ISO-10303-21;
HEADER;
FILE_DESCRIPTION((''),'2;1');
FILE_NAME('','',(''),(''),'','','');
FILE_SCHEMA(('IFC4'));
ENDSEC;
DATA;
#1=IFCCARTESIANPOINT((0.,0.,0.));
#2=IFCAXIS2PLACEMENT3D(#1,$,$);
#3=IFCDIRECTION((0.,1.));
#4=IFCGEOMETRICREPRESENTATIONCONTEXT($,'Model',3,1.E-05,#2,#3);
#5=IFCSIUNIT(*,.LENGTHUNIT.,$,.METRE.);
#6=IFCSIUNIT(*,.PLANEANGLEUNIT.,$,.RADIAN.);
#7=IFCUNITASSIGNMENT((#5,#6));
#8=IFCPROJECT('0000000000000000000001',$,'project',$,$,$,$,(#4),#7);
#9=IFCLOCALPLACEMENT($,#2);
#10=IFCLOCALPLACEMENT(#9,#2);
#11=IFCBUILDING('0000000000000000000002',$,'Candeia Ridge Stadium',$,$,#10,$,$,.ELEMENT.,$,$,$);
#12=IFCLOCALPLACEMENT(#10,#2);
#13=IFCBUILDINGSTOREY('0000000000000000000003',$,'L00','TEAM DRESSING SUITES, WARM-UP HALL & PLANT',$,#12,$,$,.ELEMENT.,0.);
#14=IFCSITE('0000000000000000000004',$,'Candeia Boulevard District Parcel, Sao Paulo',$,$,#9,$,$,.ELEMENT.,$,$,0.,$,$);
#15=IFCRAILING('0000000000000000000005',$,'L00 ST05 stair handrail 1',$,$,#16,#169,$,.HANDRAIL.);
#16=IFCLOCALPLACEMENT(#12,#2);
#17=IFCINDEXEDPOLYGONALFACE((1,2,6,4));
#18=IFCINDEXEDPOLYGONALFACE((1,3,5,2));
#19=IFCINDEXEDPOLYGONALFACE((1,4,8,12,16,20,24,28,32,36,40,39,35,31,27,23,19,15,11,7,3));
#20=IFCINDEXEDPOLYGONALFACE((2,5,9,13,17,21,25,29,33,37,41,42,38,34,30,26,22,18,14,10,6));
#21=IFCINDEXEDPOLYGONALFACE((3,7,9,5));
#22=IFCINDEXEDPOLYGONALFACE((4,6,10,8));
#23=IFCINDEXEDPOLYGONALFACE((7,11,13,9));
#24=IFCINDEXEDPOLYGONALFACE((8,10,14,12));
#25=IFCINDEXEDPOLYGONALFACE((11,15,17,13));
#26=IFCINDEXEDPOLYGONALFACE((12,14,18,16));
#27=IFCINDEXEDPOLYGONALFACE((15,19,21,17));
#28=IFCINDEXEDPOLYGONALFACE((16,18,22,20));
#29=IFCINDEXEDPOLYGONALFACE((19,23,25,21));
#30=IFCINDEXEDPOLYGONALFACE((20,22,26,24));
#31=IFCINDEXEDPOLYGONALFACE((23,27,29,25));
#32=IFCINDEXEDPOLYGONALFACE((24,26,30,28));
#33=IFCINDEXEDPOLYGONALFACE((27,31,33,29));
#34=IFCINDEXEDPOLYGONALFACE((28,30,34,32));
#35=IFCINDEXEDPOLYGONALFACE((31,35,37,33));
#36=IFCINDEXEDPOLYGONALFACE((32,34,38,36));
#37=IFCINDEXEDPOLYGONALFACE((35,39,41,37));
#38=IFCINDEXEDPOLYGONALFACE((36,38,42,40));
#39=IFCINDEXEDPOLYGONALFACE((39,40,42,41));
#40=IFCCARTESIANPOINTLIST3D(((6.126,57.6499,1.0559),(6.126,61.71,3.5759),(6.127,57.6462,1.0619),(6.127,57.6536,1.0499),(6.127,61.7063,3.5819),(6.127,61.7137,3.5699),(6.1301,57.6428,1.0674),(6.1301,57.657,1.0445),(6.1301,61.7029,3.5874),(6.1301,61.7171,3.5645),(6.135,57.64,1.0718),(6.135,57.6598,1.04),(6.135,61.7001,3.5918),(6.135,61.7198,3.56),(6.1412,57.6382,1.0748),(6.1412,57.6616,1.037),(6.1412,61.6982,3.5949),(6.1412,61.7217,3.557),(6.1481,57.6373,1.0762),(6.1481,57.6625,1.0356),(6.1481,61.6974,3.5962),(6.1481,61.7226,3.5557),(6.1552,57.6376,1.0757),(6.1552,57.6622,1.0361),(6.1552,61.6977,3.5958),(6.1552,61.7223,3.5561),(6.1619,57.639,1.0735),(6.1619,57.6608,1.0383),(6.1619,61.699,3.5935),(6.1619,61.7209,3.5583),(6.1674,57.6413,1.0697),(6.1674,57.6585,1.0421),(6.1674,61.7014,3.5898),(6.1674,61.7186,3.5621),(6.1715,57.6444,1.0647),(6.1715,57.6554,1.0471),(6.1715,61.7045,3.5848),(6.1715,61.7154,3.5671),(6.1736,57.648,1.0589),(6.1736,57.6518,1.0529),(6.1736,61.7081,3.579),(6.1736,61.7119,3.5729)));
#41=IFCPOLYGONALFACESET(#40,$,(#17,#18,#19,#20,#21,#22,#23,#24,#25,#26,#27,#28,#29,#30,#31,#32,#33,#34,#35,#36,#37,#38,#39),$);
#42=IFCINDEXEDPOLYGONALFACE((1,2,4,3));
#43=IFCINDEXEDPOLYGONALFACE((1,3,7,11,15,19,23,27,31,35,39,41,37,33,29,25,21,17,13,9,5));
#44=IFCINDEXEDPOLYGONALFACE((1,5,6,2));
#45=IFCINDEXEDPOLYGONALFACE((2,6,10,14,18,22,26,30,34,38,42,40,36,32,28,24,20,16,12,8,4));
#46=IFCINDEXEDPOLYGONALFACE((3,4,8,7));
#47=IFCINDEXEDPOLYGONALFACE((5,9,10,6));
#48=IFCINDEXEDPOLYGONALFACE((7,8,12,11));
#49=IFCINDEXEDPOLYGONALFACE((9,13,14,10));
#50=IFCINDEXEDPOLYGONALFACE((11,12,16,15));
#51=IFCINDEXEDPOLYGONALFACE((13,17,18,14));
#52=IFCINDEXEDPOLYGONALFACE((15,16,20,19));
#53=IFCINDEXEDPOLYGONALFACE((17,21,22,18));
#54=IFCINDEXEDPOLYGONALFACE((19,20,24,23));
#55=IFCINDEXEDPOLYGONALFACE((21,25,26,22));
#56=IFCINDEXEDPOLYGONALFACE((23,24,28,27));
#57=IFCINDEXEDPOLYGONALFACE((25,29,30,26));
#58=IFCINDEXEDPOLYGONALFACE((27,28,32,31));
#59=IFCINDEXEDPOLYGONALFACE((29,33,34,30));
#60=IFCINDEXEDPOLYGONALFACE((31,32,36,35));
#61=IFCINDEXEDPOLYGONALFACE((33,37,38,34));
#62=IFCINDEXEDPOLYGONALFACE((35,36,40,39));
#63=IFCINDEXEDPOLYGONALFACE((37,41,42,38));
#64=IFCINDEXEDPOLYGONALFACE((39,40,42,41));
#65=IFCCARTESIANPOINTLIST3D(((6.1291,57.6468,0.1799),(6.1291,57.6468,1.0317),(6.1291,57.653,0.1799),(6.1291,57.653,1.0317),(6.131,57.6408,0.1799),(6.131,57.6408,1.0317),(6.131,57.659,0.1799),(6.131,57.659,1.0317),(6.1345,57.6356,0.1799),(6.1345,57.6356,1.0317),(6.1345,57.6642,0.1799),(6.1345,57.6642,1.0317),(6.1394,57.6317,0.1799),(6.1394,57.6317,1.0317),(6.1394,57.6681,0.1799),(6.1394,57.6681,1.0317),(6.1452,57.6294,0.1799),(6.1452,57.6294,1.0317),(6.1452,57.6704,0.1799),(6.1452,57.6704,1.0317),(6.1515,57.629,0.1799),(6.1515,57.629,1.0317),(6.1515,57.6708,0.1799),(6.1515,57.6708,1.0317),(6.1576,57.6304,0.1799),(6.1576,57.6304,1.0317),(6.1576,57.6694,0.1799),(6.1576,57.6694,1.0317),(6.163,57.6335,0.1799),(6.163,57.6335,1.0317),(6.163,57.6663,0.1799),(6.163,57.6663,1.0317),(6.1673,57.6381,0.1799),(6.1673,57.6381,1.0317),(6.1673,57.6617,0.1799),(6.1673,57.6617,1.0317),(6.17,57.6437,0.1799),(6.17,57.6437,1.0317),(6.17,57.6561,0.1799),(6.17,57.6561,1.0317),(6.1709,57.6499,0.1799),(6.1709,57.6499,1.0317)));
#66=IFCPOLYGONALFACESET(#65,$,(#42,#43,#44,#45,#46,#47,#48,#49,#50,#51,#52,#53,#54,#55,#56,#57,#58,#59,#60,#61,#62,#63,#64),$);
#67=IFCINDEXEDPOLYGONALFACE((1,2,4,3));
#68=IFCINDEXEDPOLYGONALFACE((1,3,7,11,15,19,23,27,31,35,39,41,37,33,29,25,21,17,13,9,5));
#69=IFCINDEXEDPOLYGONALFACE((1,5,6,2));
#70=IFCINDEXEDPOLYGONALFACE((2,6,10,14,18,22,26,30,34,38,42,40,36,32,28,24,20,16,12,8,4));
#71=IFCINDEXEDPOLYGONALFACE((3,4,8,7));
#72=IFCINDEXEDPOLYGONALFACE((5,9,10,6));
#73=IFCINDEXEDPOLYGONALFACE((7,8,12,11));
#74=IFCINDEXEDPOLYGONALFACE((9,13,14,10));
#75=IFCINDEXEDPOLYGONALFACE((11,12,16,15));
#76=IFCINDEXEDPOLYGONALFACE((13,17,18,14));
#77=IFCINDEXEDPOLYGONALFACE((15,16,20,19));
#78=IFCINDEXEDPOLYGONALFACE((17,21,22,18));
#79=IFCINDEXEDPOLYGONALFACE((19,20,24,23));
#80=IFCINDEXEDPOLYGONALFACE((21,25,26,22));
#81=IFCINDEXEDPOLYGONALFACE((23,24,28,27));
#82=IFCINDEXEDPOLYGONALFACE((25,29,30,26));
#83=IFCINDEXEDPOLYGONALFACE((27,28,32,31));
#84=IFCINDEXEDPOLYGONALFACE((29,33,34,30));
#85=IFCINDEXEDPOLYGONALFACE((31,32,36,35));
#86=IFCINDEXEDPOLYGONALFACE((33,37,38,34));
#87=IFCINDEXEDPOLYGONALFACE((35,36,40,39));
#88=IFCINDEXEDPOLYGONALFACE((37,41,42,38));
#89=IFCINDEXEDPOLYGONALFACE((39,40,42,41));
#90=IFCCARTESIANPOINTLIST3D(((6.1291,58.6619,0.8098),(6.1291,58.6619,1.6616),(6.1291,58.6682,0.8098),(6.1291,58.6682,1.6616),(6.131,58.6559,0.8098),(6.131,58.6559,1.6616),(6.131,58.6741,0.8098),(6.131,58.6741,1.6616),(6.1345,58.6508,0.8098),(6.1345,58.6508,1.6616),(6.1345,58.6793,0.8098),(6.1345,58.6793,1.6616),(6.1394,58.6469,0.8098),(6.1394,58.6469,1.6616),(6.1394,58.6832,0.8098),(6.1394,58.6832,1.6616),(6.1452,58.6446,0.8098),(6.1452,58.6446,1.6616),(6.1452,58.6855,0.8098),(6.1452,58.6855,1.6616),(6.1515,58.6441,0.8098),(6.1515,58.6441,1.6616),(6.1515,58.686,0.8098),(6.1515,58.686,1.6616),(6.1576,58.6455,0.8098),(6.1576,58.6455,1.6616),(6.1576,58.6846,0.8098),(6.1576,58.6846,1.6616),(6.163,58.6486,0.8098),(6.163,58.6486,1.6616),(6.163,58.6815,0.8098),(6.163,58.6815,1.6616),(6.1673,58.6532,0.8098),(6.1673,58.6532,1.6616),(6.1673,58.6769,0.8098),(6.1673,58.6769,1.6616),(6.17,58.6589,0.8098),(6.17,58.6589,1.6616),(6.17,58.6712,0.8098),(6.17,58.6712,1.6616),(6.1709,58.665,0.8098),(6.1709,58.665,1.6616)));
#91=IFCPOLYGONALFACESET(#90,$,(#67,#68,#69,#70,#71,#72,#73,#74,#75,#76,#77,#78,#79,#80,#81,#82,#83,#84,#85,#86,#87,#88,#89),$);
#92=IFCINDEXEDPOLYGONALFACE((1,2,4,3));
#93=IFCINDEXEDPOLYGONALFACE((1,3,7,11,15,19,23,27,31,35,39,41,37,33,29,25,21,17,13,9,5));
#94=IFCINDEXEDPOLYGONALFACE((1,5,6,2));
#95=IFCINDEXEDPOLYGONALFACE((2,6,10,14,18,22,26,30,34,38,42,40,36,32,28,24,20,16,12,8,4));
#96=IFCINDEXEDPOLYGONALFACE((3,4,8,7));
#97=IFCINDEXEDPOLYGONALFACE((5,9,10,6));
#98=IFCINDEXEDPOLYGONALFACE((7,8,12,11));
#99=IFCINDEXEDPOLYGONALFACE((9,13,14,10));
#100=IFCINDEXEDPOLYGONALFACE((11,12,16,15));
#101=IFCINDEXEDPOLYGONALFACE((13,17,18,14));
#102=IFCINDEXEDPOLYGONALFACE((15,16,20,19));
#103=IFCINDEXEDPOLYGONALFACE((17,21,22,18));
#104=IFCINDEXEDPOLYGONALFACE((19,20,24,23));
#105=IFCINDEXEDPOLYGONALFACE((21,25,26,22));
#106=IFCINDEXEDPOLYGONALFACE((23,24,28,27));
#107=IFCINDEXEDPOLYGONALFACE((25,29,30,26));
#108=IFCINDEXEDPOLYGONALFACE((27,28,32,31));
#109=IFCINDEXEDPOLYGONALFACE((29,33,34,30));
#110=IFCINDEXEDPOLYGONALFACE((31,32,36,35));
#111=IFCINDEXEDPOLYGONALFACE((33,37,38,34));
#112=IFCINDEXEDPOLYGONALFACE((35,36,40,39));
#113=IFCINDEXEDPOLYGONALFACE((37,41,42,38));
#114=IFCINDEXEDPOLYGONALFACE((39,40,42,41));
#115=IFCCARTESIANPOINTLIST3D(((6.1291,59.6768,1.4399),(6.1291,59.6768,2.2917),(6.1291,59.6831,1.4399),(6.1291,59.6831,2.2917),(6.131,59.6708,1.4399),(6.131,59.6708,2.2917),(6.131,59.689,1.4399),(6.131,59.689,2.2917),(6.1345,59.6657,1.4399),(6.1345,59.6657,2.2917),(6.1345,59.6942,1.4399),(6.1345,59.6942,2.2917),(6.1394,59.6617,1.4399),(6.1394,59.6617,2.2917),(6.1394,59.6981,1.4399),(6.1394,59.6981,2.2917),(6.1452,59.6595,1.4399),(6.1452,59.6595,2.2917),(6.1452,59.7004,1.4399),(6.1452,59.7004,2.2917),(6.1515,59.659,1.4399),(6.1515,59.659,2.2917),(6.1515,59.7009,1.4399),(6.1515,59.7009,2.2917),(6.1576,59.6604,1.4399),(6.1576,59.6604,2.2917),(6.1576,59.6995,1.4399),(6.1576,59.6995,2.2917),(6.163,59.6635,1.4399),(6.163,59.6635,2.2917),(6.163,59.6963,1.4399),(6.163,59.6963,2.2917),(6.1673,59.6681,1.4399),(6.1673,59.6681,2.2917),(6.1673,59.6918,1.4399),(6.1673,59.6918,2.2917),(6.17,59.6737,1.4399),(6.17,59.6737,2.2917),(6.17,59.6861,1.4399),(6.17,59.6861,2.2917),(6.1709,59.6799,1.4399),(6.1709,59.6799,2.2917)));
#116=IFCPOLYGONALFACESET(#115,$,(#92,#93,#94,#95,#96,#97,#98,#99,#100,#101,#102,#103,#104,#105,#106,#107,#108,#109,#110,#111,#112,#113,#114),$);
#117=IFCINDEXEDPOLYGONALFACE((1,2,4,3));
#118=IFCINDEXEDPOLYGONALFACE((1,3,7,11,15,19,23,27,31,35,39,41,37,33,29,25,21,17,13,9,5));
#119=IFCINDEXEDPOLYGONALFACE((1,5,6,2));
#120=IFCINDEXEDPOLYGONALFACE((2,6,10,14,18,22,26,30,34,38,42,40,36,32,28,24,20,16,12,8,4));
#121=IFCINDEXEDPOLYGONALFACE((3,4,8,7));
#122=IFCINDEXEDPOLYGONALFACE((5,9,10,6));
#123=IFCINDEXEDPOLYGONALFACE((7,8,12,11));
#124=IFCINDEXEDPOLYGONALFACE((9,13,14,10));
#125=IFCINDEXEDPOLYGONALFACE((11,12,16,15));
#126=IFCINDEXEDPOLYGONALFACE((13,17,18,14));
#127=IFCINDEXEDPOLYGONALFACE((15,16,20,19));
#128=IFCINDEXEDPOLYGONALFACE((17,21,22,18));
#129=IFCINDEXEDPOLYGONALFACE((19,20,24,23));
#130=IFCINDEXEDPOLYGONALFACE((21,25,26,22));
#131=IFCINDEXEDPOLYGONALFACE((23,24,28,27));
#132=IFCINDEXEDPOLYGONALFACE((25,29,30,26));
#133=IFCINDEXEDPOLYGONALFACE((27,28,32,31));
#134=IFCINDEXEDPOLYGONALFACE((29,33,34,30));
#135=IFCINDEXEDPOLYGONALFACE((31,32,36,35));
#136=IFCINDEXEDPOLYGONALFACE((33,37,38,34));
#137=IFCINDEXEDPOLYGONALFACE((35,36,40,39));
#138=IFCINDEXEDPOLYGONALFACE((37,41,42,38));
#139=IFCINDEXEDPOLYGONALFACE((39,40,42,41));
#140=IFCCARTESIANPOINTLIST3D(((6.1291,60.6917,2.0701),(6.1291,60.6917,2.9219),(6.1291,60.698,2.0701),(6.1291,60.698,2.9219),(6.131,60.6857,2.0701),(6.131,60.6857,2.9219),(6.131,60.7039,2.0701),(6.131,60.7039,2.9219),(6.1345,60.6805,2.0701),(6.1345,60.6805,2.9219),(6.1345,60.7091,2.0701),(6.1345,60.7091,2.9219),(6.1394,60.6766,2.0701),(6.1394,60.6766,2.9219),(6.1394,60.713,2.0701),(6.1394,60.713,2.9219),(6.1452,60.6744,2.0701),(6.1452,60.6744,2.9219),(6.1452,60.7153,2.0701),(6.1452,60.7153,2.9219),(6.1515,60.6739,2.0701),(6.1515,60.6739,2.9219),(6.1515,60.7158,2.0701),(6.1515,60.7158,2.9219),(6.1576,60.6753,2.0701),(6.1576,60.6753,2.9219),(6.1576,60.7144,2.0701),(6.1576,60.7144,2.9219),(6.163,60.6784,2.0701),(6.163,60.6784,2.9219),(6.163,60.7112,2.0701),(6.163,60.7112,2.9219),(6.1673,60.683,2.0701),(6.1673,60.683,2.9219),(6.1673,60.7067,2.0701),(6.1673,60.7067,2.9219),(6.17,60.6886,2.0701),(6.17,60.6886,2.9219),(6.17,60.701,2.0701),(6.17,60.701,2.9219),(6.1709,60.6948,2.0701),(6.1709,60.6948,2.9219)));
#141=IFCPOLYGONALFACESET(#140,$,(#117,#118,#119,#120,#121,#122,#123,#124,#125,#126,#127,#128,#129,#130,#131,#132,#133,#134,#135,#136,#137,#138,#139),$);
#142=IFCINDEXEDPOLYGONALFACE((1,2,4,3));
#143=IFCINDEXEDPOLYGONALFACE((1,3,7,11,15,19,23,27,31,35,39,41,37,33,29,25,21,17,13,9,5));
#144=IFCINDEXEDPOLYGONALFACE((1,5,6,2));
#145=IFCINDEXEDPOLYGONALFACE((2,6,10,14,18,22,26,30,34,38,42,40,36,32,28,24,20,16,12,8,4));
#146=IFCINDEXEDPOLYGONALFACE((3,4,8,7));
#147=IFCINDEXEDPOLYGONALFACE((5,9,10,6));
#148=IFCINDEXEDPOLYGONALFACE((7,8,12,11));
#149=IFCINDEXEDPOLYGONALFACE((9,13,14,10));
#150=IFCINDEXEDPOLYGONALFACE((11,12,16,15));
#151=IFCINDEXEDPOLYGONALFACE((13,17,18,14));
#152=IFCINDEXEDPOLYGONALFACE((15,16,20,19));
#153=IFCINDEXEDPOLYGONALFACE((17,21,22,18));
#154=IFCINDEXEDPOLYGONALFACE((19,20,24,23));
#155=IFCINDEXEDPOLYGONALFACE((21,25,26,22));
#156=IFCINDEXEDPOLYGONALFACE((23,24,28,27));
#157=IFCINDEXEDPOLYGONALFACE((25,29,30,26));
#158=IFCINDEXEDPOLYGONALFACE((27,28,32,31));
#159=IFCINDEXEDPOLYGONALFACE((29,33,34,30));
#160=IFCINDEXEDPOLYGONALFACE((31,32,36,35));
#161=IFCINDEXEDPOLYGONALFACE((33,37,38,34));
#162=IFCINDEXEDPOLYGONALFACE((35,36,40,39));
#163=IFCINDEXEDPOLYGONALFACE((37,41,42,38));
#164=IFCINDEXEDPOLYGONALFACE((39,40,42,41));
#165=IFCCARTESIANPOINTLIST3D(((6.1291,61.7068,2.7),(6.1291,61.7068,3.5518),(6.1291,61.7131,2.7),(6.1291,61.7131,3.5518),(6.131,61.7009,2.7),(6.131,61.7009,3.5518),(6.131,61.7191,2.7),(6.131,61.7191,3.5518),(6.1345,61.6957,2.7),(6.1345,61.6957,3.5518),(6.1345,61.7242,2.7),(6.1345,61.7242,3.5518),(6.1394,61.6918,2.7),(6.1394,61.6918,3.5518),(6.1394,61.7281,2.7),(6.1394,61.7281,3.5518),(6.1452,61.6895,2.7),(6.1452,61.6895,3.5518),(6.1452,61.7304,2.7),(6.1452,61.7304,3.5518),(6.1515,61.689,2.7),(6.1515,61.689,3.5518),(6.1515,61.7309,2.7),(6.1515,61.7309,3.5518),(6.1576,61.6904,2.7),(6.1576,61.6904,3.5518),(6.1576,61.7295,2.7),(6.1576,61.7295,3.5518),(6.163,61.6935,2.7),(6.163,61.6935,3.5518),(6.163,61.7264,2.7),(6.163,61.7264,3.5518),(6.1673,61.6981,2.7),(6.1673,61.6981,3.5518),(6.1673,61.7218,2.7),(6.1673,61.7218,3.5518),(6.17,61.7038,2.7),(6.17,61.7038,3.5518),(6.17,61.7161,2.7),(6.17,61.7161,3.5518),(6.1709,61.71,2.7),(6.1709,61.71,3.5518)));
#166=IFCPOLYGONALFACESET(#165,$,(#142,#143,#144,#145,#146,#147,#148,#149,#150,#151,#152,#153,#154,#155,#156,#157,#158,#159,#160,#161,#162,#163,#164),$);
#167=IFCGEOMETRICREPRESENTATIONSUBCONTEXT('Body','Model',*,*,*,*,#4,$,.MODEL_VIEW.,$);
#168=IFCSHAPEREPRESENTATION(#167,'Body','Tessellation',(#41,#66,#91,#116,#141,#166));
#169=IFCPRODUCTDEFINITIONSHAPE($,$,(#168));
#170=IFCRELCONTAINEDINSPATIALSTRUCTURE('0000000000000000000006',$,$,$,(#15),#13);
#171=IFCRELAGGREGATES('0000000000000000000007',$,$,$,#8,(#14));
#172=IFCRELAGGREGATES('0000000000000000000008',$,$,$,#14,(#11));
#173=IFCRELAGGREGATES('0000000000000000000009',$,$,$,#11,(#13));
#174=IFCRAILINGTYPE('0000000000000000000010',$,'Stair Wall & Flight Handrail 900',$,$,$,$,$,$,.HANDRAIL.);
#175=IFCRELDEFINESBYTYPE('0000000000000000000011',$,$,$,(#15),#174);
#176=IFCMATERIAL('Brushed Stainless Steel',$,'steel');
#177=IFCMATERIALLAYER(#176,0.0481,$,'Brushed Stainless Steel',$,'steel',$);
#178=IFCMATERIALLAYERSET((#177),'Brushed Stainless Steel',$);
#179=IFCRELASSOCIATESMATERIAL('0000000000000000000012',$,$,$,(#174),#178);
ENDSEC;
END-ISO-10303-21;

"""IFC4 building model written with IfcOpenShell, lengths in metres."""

from ifc_helpers import new_model, si_unit, direction, frame, origin, origin_2d, place, context, subcontext, project, spatial, circle, extrude, material, layer, layer_set, type_object, element, save


model = new_model("IFC4")

# Units and contexts
model_context = context("Model", 3, precision=1e-05, world=origin(), true_north=direction((0.0, 1.0)))
body_context = subcontext(model_context, "Body", "Model", "MODEL_VIEW")
ifc_project = project(units=[si_unit("LENGTHUNIT", "METRE"), si_unit("PLANEANGLEUNIT", "RADIAN")], contexts=[model_context])

# Site, building, storey
site_placement = place(None, origin())
site = spatial("IfcSite", under=ifc_project, at=site_placement, Name="Candeia Boulevard District Parcel, Sao Paulo", CompositionType="ELEMENT", RefElevation=0.0)
building_placement = place(site_placement, origin())
building = spatial("IfcBuilding", under=site, at=building_placement, Name="Candeia Ridge Stadium", CompositionType="ELEMENT")
storey_placement = place(building_placement, origin())
storey = spatial("IfcBuildingStorey", under=building, at=storey_placement, Name="L00", Description="TEAM DRESSING SUITES, WARM-UP HALL & PLANT", CompositionType="ELEMENT", Elevation=0.0)

# Railing
ifc_material_1 = material(Name="Brushed Stainless Steel", Category="steel")
ifc_layer_1 = layer(ifc_material_1, 0.0481, Name="Brushed Stainless Steel", Category="steel")
ifc_layer_set_1 = layer_set([ifc_layer_1], Name="Brushed Stainless Steel")
railing_type_1 = type_object("IfcRailingType", Name="Stair Wall & Flight Handrail 900", PredefinedType="HANDRAIL", material=ifc_layer_set_1)
railing_1_placement = place(storey_placement, frame((6.1499, 57.6499, 0.1799)))
element("IfcRailing", 1, at=railing_1_placement, inside=storey, type_object=railing_type_1, Name="L00 ST05 stair handrail 1", PredefinedType="HANDRAIL", context=body_context, shape_type="SweptSolid", body=[
    extrude(circle(Radius=0.0239, at=origin_2d()), frame((0.0, 0.0, 0.876), z_axis=(0.0, 0.849642, 0.52736), x_axis=(-1.0, 0.0, 0.0)), (0.0, 0.0, 1.0), 4.7786),
    extrude(circle(Radius=0.021, at=origin_2d()), origin(), (0.0, 0.0, 1.0), 0.8518),
    extrude(circle(Radius=0.021, at=origin_2d()), frame((0.0, 1.0151, 0.6299)), (0.0, 0.0, 1.0), 0.8518),
    extrude(circle(Radius=0.021, at=origin_2d()), frame((0.0, 2.03, 1.26)), (0.0, 0.0, 1.0), 0.8518),
    extrude(circle(Radius=0.021, at=origin_2d()), frame((0.0, 3.0449, 1.8901)), (0.0, 0.0, 1.0), 0.8518),
    extrude(circle(Radius=0.021, at=origin_2d()), frame((0.0, 4.0601, 2.52)), (0.0, 0.0, 1.0), 0.8518),
])

save(model, "model.ifc")
